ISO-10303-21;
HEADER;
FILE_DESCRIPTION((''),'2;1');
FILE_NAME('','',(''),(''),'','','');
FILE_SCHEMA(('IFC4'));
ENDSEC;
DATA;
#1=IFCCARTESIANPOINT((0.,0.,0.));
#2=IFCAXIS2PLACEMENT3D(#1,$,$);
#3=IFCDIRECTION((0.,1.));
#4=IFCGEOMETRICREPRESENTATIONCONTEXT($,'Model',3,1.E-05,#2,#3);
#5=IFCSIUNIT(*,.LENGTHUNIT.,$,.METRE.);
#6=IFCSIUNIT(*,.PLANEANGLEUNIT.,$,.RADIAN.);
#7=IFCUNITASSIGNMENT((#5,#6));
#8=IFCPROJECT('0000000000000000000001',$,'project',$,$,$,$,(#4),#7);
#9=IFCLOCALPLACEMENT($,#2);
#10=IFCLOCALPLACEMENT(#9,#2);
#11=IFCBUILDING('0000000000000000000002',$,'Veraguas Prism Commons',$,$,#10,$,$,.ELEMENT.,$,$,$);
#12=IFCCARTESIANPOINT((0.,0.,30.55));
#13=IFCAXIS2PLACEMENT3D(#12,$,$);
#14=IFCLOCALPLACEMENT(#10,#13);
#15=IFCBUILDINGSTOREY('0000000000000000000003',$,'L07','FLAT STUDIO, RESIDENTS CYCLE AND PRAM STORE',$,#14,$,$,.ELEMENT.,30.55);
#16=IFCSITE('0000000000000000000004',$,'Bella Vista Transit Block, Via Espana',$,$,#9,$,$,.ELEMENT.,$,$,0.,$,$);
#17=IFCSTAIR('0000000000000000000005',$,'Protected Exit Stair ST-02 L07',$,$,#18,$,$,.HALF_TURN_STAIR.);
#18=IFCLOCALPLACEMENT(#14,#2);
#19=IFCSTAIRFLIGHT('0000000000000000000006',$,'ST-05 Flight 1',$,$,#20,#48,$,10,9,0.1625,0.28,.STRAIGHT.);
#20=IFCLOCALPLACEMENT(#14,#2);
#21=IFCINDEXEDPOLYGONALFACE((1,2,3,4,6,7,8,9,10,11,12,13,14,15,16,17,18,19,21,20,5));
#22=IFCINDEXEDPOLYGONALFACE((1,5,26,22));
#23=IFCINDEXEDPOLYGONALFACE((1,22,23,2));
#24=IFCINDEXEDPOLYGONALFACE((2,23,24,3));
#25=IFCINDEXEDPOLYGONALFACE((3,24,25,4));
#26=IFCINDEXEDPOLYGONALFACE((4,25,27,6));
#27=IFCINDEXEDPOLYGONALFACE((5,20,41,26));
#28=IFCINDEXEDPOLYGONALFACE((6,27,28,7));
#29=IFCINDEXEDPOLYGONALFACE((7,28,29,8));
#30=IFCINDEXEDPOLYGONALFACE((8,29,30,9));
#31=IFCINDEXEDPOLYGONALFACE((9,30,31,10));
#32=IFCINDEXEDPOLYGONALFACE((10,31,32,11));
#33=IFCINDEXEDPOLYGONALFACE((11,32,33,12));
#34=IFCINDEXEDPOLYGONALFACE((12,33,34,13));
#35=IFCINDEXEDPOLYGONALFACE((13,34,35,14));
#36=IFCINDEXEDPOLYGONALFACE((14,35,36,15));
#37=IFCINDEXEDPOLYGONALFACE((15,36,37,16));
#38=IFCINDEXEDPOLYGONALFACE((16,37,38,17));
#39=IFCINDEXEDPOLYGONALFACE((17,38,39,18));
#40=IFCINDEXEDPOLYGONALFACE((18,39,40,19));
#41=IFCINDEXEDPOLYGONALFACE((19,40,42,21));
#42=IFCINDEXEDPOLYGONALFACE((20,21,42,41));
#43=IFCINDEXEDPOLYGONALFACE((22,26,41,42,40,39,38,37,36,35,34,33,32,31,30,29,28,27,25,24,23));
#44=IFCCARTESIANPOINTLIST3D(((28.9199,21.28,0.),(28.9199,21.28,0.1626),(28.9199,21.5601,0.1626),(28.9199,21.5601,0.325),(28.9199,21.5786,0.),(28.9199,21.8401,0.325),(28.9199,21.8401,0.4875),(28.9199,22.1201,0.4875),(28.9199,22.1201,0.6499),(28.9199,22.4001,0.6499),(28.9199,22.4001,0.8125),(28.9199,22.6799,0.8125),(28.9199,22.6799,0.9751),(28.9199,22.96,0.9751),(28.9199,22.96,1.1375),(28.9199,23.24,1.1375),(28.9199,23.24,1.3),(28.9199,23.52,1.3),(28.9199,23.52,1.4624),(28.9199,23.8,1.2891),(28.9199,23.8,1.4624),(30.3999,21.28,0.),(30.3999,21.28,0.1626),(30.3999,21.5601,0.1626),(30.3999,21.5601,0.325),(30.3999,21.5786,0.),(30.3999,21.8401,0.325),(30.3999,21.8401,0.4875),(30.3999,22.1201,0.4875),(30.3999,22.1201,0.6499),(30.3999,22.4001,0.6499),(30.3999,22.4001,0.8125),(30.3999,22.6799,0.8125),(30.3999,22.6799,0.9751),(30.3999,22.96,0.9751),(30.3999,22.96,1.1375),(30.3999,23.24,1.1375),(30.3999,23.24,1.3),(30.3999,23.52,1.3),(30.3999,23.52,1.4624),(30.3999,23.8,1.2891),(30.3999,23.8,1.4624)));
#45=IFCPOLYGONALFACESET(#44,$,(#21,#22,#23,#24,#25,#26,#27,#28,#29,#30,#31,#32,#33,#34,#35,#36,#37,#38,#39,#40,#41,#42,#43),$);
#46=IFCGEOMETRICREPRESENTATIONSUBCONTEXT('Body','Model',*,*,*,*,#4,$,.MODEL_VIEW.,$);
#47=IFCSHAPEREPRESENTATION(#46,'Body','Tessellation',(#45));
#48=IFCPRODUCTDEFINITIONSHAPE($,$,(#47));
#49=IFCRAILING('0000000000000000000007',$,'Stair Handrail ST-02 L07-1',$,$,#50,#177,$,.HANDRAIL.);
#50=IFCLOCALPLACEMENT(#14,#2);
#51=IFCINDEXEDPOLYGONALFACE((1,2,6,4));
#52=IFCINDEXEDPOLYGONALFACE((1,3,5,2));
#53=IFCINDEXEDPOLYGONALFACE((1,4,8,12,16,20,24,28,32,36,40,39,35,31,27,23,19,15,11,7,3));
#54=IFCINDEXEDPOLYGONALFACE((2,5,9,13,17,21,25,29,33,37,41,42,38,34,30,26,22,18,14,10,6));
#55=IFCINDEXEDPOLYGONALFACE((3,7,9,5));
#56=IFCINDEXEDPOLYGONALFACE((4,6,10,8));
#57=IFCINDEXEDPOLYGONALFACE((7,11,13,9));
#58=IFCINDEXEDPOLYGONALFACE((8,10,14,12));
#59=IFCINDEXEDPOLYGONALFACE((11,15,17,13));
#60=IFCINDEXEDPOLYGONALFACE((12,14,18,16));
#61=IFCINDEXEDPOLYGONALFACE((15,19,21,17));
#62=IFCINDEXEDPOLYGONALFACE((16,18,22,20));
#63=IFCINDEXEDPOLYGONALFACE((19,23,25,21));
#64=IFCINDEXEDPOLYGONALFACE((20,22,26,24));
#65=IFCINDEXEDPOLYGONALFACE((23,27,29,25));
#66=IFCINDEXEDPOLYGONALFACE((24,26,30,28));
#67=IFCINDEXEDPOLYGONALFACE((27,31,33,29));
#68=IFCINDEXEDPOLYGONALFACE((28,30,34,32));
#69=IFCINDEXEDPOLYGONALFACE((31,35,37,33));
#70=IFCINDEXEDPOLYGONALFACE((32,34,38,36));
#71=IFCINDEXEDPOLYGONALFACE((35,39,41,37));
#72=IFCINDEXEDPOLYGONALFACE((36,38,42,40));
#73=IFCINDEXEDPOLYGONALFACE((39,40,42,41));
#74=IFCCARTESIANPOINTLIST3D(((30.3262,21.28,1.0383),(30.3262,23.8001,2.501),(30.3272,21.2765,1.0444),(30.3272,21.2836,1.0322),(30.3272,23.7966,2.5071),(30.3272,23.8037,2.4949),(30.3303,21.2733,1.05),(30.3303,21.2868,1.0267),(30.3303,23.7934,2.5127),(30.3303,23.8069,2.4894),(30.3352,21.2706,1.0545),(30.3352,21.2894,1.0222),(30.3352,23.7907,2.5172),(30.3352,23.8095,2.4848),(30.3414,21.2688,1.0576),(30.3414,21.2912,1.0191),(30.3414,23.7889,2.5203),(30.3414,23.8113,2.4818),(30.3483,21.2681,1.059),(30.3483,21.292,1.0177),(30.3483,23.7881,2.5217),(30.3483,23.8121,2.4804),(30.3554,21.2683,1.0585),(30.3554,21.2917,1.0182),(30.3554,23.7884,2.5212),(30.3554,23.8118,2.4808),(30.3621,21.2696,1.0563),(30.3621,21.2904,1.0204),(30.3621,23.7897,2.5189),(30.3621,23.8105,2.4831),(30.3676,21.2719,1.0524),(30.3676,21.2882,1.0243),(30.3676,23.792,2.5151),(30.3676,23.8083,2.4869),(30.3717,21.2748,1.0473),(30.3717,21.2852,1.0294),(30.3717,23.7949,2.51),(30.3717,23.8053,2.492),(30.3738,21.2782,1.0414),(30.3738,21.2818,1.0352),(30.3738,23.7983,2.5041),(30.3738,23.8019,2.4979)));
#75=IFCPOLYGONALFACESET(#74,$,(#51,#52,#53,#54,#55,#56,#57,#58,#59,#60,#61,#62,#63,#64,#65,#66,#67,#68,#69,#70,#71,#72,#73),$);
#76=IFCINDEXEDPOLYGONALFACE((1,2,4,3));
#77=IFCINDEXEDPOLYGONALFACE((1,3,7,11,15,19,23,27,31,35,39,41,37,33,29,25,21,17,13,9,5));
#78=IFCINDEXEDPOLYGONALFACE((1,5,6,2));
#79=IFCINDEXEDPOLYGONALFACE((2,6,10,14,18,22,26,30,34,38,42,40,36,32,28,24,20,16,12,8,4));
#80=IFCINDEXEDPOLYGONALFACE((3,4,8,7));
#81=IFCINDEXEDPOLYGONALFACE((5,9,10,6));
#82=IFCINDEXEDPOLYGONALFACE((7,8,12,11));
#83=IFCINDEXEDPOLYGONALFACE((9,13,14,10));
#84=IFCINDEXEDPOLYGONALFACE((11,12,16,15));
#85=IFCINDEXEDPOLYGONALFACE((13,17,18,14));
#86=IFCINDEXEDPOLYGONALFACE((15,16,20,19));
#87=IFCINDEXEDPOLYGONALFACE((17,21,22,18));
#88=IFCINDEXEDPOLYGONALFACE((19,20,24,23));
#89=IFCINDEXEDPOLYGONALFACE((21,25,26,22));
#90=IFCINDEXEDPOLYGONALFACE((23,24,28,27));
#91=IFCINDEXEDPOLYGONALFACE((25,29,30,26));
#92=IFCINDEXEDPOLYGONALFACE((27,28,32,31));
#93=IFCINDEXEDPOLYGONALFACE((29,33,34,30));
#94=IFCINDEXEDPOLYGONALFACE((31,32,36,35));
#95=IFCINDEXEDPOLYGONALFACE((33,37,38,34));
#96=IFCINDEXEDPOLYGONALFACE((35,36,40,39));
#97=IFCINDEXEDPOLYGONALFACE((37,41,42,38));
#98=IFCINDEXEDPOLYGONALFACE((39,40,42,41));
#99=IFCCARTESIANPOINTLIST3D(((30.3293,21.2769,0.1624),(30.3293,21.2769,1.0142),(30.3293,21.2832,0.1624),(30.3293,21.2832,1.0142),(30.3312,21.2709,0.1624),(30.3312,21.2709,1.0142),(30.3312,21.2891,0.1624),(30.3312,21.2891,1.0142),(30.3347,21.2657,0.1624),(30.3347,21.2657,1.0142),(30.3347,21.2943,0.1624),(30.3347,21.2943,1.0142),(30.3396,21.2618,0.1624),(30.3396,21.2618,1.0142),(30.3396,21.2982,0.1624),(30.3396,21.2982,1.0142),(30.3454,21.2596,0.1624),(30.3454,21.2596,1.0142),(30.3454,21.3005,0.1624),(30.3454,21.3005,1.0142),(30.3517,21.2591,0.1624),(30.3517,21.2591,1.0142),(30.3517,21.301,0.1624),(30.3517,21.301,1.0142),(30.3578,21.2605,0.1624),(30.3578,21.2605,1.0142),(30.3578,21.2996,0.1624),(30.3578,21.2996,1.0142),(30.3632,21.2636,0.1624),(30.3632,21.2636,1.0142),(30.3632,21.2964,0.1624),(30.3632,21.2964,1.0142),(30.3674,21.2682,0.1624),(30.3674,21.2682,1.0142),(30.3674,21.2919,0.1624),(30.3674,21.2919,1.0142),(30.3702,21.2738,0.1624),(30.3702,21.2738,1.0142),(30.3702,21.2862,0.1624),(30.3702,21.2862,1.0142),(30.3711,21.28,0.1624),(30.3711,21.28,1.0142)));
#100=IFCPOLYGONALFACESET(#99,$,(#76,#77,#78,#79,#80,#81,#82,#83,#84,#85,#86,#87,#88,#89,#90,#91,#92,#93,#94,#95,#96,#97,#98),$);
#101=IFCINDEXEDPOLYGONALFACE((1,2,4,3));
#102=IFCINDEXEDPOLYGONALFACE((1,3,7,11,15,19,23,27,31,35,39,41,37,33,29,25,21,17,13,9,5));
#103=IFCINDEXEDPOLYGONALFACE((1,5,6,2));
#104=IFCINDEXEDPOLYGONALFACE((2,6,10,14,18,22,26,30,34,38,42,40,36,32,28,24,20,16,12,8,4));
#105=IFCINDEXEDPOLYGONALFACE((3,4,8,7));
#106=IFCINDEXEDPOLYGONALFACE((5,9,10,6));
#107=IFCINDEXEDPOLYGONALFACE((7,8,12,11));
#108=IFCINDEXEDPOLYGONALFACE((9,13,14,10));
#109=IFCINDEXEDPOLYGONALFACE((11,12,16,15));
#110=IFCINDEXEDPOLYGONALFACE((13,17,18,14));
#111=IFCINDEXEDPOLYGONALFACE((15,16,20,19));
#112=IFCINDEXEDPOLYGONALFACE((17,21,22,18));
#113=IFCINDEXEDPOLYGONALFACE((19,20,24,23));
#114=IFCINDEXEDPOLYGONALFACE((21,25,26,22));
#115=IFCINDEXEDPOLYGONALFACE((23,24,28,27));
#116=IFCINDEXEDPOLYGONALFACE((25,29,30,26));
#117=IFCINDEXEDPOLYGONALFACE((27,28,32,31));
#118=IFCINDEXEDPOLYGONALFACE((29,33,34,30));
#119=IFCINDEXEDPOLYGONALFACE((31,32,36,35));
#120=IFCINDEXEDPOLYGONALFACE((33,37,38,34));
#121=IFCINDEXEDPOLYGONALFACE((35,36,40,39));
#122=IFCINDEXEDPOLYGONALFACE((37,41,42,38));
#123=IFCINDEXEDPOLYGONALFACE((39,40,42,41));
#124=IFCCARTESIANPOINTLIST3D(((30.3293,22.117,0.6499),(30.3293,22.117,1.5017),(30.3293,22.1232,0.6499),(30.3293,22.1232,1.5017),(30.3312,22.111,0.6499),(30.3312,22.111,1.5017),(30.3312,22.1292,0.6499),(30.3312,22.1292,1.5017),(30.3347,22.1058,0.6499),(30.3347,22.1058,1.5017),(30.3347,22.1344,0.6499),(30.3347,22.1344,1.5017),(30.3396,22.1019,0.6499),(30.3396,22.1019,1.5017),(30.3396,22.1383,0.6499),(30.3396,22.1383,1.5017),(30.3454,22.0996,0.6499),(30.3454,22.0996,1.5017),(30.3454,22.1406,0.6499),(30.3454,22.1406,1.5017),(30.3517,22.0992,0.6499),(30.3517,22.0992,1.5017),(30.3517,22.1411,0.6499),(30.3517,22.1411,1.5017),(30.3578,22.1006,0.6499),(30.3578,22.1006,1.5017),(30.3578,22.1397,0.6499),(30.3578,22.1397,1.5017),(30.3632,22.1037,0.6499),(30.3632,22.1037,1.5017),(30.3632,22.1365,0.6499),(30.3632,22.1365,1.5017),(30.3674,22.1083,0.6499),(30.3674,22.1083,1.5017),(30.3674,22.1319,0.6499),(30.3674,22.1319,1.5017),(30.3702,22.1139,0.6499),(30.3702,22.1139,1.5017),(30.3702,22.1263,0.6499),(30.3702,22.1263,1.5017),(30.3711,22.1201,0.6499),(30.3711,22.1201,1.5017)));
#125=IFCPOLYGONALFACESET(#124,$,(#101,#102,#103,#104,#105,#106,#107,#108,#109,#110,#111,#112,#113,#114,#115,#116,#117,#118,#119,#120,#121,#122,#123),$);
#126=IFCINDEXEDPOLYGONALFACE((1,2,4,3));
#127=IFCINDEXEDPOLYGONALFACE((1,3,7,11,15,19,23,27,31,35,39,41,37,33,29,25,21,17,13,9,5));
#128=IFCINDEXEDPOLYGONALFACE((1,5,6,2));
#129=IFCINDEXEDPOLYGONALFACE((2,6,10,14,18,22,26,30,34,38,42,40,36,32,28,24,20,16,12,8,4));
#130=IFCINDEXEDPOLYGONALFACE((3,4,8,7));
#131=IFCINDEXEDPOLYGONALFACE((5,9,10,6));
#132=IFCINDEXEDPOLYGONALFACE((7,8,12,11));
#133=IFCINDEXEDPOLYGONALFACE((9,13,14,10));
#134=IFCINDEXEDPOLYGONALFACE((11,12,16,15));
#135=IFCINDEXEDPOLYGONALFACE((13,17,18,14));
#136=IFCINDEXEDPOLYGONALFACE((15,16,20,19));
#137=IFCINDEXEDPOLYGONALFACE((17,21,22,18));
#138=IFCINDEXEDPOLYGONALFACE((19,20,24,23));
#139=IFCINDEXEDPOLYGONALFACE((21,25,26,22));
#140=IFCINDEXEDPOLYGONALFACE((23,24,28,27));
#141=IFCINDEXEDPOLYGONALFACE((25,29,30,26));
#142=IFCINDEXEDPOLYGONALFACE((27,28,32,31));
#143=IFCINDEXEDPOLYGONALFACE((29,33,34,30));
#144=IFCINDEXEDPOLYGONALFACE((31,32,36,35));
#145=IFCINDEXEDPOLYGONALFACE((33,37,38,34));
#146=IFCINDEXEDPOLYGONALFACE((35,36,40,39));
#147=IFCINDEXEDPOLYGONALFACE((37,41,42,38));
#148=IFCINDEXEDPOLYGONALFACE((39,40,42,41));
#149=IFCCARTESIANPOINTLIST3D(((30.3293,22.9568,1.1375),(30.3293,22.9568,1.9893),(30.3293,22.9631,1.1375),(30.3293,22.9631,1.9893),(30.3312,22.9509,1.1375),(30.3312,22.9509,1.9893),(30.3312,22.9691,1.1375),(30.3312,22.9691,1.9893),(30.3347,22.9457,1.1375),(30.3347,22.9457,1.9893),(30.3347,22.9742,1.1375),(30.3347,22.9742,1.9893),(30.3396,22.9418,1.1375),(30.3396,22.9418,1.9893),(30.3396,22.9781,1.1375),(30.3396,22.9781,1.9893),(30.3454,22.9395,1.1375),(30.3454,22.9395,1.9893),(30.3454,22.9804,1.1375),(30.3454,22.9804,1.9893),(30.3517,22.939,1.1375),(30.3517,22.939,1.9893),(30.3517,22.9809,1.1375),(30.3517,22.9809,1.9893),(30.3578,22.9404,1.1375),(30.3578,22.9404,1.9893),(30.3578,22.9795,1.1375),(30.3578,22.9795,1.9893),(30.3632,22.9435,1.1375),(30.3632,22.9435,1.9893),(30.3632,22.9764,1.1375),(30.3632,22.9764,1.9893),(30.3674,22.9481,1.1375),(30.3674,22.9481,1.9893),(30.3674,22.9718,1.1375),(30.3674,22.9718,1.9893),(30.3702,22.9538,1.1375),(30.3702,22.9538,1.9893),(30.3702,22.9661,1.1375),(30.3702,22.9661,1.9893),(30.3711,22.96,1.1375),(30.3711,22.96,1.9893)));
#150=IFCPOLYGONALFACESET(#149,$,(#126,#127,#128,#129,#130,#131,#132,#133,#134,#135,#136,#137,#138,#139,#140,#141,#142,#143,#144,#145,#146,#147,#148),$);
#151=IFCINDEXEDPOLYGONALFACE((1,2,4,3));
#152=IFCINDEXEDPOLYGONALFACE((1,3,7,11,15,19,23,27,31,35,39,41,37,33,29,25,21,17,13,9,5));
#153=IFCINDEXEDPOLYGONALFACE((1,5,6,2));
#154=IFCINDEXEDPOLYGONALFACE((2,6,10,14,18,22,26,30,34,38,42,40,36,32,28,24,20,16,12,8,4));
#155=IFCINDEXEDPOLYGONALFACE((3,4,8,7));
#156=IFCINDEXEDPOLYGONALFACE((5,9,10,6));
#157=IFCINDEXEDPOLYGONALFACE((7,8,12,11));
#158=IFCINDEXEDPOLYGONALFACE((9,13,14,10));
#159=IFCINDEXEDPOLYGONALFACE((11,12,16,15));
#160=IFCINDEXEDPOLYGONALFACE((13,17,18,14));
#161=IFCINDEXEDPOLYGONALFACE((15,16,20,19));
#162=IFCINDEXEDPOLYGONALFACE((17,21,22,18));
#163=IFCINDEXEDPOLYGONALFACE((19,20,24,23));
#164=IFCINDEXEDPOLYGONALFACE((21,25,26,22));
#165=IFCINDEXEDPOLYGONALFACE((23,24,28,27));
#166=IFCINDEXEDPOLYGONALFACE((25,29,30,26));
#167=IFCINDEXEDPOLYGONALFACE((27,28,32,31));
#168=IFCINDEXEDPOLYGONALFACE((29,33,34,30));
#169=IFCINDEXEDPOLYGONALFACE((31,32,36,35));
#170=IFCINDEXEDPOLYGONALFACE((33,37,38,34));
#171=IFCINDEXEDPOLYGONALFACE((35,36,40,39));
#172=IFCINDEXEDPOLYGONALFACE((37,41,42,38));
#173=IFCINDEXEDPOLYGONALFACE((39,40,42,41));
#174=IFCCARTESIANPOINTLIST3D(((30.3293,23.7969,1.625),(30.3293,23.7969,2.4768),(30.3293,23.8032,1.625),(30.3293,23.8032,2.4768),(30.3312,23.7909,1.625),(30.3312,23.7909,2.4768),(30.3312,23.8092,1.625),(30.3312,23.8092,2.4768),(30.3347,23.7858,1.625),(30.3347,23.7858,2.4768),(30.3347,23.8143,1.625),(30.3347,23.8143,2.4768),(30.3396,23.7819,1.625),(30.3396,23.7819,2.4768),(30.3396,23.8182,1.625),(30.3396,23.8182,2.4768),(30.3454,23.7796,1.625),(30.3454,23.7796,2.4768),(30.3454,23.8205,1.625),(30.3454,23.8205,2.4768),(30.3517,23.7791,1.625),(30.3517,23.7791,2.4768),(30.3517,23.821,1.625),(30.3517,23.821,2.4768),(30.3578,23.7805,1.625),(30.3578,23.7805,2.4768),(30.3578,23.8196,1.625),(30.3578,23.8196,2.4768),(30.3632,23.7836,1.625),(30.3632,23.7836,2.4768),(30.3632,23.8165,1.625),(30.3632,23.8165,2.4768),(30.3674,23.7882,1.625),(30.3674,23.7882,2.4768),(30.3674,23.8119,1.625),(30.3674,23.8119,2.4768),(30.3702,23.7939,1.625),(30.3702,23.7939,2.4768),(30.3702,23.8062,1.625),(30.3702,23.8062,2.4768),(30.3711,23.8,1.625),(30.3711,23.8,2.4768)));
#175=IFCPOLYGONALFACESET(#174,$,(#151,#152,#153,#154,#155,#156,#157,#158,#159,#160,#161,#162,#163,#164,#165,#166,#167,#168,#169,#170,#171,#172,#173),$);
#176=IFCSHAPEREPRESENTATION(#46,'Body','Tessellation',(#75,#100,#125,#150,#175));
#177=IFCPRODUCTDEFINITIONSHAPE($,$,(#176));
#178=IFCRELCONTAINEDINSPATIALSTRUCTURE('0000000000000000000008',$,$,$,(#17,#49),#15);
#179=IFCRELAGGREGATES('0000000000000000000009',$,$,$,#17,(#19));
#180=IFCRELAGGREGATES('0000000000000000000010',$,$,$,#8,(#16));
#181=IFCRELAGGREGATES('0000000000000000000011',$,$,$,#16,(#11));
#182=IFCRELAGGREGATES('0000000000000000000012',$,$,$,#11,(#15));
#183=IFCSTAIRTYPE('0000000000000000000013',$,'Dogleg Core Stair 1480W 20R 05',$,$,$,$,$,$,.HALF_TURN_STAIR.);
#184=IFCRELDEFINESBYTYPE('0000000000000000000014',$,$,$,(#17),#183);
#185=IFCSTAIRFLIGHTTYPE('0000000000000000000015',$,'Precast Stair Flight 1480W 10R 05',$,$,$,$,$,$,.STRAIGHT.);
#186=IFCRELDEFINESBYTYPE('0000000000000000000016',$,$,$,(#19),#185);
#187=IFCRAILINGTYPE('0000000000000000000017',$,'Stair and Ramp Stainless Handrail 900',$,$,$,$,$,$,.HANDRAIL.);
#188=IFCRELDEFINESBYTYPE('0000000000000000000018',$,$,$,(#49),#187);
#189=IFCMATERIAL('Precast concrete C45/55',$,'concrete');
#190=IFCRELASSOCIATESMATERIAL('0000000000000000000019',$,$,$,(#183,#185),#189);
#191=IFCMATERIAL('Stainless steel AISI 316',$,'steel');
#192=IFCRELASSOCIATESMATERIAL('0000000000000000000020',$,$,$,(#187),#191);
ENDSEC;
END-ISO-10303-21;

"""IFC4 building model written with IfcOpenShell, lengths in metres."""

from ifc_helpers import new_model, si_unit, direction, frame, origin, origin_2d, place, context, subcontext, project, spatial, polyline, circle, outline, extrude, material, type_object, element, aggregate, save


model = new_model("IFC4")

# Units and contexts
model_context = context("Model", 3, precision=1e-05, world=origin(), true_north=direction((0.0, 1.0)))
body_context = subcontext(model_context, "Body", "Model", "MODEL_VIEW")
ifc_project = project(units=[si_unit("LENGTHUNIT", "METRE"), si_unit("PLANEANGLEUNIT", "RADIAN")], contexts=[model_context])

# Site, building, storey
site_placement = place(None, origin())
site = spatial("IfcSite", under=ifc_project, at=site_placement, Name="Bella Vista Transit Block, Via Espana", CompositionType="ELEMENT", RefElevation=0.0)
building_placement = place(site_placement, origin())
building = spatial("IfcBuilding", under=site, at=building_placement, Name="Veraguas Prism Commons", CompositionType="ELEMENT")
storey_placement = place(building_placement, frame((0.0, 0.0, 30.55)))
storey = spatial("IfcBuildingStorey", under=building, at=storey_placement, Name="L07", Description="FLAT STUDIO, RESIDENTS CYCLE AND PRAM STORE", CompositionType="ELEMENT", Elevation=30.55)

# Shared definitions
ifc_material_1 = material(Name="Stainless steel AISI 316", Category="steel")

# Stair, stair flight
ifc_material_2 = material(Name="Precast concrete C45/55", Category="concrete")
stair_type = type_object("IfcStairType", Name="Dogleg Core Stair 1480W 20R 05", PredefinedType="HALF_TURN_STAIR", material=ifc_material_2)
stair_placement = place(storey_placement, origin())
stair = element("IfcStair", 1, at=stair_placement, inside=storey, type_object=stair_type, Name="Protected Exit Stair ST-02 L07", PredefinedType="HALF_TURN_STAIR")
stair_flight_type = type_object("IfcStairFlightType", Name="Precast Stair Flight 1480W 10R 05", PredefinedType="STRAIGHT", material=ifc_material_2)
stair_flight_placement = place(storey_placement, frame((29.6599, 21.28, 0.0), z_axis=(0.0, 0.0, 1.0), x_axis=(0.0, 1.0, 0.0)))
stair_flight = element("IfcStairFlight", 2, at=stair_flight_placement, type_object=stair_flight_type, Name="ST-05 Flight 1", NumberOfRisers=10, NumberOfTreads=9, PredefinedType="STRAIGHT", RiserHeight=0.1625, TreadLength=0.28, context=body_context, shape_type="SweptSolid", body=[
    extrude(outline(polyline([(0.0, 0.0), (0.0, 0.1626), (0.28, 0.1626), (0.28, 0.325), (0.5601, 0.325), (0.5601, 0.4875), (0.8401, 0.4875), (0.8401, 0.6499), (1.1201, 0.6499), (1.1201, 0.8125), (1.3999, 0.8125), (1.3999, 0.9751), (1.6799, 0.9751), (1.6799, 1.1375), (1.96, 1.1375), (1.96, 1.3), (2.24, 1.3), (2.24, 1.4624), (2.52, 1.4624), (2.52, 1.625), (2.52, 1.2891), (0.2986, 0.0), (0.0, 0.0)])), frame((0.0, 0.74, 0.0), z_axis=(0.0, -1.0, 0.0), x_axis=(1.0, 0.0, 0.0)), (0.0, 0.0, 1.0), 1.48),
])
aggregate(stair, [stair_flight])

# Railing
railing_type_1 = type_object("IfcRailingType", Name="Stair and Ramp Stainless Handrail 900", PredefinedType="HANDRAIL", material=ifc_material_1)
railing_1_placement = place(storey_placement, frame((30.3501, 21.28, 0.1624)))
element("IfcRailing", 3, at=railing_1_placement, inside=storey, type_object=railing_type_1, Name="Stair Handrail ST-02 L07-1", PredefinedType="HANDRAIL", context=body_context, shape_type="SweptSolid", body=[
    extrude(circle(Radius=0.0239, at=origin_2d()), frame((0.0, 0.0, 0.876), z_axis=(0.0, 0.864877, 0.501984), x_axis=(-1.0, 0.0, 0.0)), (0.0, 0.0, 1.0), 2.9138),
    extrude(circle(Radius=0.021, at=origin_2d()), origin(), (0.0, 0.0, 1.0), 0.8518),
    extrude(circle(Radius=0.021, at=origin_2d()), frame((0.0, 0.8401, 0.4875)), (0.0, 0.0, 1.0), 0.8518),
    extrude(circle(Radius=0.021, at=origin_2d()), frame((0.0, 1.6799, 0.9751)), (0.0, 0.0, 1.0), 0.8518),
    extrude(circle(Radius=0.021, at=origin_2d()), frame((0.0, 2.52, 1.4626)), (0.0, 0.0, 1.0), 0.8518),
])

save(model, "model.ifc")
